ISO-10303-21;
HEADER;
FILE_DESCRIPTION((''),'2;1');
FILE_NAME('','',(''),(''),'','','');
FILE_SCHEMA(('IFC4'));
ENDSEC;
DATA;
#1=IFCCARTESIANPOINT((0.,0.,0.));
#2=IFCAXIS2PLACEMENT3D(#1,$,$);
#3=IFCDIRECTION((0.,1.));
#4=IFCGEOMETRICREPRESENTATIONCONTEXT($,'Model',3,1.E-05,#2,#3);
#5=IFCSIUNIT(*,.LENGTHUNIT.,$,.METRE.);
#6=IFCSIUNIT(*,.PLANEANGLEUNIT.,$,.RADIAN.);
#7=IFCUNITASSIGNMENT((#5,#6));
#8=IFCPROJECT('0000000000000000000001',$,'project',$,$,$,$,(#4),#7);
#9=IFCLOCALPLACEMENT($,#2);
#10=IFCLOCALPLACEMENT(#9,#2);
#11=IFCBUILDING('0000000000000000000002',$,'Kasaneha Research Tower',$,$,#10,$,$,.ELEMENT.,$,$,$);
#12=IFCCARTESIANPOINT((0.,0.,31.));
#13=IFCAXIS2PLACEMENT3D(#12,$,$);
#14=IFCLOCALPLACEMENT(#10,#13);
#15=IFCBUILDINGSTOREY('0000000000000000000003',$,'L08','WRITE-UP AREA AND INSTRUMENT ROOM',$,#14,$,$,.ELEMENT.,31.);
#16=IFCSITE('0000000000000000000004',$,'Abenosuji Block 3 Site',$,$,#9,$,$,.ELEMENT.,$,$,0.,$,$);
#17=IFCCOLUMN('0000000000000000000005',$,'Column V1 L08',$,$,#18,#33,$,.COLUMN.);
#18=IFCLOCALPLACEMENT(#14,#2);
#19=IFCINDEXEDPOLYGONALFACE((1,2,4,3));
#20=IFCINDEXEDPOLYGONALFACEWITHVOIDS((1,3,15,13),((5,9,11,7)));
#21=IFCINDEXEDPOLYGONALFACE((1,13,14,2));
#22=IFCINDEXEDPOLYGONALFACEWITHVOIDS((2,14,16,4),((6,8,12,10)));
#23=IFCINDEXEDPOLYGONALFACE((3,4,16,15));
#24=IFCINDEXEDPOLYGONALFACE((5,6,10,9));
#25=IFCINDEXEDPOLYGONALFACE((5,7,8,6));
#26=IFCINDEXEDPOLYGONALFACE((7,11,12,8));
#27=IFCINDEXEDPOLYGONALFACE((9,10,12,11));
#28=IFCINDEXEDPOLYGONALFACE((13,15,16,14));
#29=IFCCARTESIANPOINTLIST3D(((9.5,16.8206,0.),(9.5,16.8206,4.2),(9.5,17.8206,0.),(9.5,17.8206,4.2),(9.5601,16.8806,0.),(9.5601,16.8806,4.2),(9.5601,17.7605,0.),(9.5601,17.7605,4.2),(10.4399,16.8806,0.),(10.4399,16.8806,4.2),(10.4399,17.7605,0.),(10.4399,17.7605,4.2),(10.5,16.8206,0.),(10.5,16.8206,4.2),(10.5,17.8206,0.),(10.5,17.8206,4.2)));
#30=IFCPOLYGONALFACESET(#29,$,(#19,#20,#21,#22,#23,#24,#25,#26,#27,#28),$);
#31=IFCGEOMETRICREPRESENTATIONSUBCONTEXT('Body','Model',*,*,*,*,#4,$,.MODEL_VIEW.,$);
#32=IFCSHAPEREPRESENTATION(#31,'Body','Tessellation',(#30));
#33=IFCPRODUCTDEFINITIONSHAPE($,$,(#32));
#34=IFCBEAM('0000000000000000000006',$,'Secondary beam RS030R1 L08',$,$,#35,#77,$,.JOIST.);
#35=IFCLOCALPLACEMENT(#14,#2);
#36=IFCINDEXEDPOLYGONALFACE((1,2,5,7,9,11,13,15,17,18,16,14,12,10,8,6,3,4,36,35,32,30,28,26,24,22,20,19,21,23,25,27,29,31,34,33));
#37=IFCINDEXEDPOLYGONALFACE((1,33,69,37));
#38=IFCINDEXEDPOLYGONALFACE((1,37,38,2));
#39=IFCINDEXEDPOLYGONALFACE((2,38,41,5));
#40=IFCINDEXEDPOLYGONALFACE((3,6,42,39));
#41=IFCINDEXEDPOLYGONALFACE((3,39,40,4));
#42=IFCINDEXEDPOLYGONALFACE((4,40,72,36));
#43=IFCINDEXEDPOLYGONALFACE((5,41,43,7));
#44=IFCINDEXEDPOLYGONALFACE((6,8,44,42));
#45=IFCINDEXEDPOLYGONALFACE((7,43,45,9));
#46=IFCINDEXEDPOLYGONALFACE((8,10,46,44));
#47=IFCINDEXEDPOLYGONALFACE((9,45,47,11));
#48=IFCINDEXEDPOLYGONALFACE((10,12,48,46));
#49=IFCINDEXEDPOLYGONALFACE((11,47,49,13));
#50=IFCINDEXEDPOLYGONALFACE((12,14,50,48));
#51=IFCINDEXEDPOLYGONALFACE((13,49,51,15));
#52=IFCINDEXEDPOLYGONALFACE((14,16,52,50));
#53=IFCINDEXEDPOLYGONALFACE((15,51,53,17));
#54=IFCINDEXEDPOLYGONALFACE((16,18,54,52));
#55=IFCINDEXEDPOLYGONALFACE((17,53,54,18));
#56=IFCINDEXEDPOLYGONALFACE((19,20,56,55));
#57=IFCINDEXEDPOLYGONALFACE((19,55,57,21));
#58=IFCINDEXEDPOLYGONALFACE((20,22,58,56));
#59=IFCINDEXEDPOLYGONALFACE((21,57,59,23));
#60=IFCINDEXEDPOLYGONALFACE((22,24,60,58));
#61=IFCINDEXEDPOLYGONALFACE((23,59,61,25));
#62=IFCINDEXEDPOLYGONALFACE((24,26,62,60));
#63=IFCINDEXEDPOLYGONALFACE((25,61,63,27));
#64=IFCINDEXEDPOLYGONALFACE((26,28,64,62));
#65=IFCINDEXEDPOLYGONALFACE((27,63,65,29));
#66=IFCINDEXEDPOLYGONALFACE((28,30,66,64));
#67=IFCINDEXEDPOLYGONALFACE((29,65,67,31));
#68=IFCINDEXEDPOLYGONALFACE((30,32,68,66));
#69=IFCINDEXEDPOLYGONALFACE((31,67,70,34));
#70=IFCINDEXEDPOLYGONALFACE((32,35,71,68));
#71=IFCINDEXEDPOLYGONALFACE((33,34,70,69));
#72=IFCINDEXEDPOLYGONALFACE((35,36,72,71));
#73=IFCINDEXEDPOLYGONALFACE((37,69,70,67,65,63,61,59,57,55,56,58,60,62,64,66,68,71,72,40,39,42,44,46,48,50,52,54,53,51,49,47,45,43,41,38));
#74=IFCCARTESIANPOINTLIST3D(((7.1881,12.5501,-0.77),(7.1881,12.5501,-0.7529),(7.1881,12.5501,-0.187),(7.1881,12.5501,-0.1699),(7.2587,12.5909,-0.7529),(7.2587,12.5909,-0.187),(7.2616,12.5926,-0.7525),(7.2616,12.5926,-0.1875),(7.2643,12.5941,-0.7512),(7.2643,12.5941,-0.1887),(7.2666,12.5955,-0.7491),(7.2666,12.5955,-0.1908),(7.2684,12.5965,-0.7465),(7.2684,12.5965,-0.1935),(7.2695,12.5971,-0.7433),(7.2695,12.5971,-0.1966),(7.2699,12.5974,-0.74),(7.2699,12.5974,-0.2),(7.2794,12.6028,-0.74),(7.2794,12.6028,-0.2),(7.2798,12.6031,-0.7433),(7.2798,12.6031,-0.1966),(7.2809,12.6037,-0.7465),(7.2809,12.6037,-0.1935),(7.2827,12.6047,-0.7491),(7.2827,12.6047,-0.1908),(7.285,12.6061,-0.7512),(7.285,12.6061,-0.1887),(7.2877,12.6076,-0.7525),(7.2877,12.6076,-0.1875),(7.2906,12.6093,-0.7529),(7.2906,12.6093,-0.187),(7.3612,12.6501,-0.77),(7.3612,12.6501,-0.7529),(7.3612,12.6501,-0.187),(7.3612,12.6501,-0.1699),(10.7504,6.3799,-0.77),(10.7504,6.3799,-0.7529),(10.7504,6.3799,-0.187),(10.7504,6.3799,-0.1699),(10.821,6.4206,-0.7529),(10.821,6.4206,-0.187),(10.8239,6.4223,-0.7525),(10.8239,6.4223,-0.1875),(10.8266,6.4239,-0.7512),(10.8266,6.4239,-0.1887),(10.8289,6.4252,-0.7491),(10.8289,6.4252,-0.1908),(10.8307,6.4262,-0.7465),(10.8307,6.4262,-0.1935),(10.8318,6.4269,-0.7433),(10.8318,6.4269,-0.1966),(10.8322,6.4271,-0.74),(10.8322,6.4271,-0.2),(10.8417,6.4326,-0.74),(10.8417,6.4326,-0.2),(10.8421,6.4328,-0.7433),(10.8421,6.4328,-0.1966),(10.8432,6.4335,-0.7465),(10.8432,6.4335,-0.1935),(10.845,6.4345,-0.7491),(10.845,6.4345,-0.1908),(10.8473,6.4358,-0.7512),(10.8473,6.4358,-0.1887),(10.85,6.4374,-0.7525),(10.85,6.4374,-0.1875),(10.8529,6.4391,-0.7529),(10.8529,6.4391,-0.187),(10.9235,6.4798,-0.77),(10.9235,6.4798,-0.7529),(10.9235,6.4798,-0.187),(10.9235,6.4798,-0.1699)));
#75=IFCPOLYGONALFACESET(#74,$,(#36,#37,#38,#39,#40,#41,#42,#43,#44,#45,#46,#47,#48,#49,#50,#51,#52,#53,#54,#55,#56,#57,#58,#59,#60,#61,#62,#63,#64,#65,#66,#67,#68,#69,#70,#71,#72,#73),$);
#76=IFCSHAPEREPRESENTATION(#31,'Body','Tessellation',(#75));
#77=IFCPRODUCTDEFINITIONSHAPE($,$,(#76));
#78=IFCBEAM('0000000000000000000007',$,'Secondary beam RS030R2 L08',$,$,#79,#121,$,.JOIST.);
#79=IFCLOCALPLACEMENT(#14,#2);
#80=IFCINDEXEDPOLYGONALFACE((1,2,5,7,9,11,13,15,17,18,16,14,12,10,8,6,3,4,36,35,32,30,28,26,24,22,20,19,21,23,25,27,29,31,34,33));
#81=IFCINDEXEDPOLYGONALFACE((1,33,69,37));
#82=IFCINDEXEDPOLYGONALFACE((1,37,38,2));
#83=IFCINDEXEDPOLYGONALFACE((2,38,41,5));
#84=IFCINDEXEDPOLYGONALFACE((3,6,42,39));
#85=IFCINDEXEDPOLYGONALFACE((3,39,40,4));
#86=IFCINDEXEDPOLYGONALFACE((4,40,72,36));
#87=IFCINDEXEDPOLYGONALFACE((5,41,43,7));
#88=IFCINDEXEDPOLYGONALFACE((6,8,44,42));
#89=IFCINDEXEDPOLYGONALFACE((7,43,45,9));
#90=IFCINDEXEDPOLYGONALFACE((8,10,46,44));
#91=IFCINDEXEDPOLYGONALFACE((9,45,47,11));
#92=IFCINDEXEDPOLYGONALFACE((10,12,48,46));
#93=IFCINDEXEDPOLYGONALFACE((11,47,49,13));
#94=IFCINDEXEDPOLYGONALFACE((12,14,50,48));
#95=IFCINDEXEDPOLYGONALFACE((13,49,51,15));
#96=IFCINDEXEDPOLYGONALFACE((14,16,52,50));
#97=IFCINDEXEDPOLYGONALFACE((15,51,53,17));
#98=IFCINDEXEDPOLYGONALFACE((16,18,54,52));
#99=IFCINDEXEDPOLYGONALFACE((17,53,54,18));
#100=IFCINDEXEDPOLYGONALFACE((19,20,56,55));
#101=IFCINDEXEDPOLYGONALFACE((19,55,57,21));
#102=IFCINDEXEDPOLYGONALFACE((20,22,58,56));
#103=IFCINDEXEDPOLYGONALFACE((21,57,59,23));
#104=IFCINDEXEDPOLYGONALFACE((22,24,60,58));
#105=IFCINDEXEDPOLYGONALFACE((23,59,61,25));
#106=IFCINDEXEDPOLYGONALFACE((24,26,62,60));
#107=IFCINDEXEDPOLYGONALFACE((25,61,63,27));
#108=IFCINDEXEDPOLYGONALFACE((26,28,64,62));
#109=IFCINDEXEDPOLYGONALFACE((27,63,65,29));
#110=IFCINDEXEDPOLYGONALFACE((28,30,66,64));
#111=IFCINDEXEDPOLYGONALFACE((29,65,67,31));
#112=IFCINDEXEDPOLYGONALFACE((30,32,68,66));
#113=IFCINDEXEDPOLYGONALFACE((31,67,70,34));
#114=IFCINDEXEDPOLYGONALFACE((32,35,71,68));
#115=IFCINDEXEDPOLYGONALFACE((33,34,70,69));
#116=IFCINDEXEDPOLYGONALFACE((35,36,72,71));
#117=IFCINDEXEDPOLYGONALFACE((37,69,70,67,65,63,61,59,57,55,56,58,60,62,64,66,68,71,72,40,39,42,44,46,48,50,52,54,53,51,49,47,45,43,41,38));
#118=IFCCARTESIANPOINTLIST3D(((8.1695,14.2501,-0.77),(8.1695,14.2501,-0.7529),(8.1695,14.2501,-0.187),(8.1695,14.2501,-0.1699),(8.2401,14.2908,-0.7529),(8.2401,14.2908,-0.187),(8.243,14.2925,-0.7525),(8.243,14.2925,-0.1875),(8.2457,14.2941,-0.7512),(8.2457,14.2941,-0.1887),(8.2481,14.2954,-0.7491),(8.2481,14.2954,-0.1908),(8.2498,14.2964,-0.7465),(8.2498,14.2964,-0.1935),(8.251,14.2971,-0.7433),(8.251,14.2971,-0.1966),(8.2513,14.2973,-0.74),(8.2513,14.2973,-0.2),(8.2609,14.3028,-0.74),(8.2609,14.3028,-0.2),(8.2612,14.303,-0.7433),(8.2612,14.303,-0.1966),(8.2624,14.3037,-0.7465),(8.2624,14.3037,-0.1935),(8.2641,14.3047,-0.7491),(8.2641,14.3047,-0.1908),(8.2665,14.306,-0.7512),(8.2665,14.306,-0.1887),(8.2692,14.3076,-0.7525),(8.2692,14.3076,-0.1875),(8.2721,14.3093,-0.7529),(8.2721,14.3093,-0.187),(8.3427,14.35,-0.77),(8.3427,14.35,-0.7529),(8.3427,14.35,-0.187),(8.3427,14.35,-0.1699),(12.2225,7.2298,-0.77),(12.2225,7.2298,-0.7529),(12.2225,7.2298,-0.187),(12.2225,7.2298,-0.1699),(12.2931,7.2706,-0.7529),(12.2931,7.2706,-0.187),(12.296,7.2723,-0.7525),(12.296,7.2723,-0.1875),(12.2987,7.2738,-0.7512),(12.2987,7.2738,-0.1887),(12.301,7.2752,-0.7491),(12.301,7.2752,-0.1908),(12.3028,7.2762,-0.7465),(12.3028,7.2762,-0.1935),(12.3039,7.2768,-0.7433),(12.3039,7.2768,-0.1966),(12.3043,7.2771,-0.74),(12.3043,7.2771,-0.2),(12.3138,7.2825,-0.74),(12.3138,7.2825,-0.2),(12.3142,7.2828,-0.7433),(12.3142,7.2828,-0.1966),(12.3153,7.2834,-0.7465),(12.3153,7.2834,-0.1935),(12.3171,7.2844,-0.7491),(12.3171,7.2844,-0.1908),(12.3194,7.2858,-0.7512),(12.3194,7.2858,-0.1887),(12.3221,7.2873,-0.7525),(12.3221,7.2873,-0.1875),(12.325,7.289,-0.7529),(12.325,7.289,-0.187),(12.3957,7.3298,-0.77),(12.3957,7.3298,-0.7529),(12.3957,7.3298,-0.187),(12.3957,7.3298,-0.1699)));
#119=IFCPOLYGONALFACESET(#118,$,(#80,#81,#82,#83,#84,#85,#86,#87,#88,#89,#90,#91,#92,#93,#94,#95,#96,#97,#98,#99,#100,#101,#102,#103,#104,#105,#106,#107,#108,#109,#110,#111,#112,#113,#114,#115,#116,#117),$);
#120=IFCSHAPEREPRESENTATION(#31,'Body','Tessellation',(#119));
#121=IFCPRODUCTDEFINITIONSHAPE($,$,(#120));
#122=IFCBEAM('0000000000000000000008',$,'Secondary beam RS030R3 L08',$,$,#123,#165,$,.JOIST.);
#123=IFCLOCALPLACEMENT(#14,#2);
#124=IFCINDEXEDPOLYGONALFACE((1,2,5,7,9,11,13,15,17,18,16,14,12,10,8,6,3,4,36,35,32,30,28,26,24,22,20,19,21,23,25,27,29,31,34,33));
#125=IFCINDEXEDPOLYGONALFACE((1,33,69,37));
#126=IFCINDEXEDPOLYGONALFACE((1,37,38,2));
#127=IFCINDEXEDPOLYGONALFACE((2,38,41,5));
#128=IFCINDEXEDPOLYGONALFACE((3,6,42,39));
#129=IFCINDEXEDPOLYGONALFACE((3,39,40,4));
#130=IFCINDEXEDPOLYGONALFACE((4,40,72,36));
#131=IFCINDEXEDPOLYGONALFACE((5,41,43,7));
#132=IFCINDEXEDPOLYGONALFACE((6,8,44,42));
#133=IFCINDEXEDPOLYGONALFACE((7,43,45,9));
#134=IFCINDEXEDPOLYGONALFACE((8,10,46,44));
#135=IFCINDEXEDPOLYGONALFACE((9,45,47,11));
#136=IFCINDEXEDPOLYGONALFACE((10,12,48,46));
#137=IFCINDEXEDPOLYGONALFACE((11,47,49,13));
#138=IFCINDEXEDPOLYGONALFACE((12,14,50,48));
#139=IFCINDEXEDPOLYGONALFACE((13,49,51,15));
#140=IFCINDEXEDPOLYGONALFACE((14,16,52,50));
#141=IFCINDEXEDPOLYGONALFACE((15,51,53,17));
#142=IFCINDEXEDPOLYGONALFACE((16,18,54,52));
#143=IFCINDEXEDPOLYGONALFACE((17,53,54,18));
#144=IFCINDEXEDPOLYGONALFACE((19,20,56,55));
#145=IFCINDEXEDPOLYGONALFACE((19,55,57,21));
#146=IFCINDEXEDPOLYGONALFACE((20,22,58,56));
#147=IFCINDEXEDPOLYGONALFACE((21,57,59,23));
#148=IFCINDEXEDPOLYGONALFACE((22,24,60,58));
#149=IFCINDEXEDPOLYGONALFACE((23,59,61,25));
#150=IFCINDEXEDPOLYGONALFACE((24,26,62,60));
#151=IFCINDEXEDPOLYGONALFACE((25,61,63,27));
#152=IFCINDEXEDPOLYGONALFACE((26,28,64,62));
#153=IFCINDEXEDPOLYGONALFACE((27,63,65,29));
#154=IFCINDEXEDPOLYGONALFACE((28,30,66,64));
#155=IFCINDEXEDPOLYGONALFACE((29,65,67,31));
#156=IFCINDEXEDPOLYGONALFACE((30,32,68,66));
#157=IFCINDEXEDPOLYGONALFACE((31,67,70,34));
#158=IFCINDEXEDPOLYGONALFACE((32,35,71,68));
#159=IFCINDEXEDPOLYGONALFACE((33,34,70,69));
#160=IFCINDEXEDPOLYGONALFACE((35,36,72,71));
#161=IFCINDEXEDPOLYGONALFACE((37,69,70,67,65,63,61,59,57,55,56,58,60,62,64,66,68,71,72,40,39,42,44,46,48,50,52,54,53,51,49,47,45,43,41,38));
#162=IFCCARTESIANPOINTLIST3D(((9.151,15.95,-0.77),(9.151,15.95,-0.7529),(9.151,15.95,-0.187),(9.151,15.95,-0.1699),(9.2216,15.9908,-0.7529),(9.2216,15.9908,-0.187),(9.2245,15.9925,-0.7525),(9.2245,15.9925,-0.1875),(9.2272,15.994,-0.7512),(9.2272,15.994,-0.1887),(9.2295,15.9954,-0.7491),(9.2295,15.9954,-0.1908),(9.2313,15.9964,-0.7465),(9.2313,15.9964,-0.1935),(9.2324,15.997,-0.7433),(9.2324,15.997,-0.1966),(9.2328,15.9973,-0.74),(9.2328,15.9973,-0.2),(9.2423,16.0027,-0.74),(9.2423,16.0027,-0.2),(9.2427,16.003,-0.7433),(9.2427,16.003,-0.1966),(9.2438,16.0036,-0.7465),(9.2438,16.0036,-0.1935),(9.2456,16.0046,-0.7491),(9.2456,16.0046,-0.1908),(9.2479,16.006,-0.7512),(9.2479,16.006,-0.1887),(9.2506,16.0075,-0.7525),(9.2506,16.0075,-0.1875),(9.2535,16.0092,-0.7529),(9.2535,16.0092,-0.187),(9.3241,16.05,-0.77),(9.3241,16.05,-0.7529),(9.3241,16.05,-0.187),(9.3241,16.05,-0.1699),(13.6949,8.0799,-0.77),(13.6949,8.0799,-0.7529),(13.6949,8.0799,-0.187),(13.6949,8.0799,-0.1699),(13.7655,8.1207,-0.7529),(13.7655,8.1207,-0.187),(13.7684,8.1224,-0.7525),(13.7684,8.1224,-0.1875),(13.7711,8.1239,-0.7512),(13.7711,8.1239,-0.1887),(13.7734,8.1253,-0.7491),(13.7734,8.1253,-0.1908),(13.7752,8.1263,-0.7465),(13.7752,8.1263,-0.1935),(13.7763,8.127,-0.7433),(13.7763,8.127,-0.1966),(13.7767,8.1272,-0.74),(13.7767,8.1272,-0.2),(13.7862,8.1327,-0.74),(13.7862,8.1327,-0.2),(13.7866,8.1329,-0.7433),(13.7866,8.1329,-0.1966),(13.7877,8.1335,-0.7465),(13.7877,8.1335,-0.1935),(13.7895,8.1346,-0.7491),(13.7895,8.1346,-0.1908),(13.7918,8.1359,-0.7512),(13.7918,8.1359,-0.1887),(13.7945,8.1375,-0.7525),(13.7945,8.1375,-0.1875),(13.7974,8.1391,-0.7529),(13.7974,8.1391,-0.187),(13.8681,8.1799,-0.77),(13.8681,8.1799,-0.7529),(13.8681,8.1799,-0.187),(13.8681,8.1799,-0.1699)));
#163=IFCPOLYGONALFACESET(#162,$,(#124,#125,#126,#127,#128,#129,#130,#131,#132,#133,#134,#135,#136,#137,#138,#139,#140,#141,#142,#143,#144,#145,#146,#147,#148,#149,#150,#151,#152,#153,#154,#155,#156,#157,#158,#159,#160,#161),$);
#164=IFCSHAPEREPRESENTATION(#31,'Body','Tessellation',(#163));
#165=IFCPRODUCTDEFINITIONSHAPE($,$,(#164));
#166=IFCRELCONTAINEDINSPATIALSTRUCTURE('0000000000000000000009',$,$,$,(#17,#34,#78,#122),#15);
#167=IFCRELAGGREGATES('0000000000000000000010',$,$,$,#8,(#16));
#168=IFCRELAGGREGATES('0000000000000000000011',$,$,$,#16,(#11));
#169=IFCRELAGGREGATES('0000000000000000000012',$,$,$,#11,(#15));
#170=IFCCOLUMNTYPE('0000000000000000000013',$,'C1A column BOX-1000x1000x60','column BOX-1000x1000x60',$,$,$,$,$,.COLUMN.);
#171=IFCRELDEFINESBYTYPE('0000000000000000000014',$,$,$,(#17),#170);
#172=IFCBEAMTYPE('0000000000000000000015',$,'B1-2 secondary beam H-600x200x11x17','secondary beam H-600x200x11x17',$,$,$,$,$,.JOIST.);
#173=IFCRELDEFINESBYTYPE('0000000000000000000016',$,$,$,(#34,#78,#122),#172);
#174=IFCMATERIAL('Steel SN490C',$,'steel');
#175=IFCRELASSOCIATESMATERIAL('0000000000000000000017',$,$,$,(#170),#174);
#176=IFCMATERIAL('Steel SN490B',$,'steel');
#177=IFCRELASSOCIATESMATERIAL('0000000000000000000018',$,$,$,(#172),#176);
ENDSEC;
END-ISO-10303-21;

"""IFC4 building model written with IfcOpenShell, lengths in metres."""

from ifc_helpers import new_model, si_unit, direction, frame, origin, origin_2d, place, context, subcontext, project, spatial, hollow_rectangle, i_section, extrude, material, material_profile, profile_set, type_object, element, save


model = new_model("IFC4")

# Units and contexts
model_context = context("Model", 3, precision=1e-05, world=origin(), true_north=direction((0.0, 1.0)))
body_context = subcontext(model_context, "Body", "Model", "MODEL_VIEW")
ifc_project = project(units=[si_unit("LENGTHUNIT", "METRE"), si_unit("PLANEANGLEUNIT", "RADIAN")], contexts=[model_context])

# Site, building, storey
site_placement = place(None, origin())
site = spatial("IfcSite", under=ifc_project, at=site_placement, Name="Abenosuji Block 3 Site", CompositionType="ELEMENT", RefElevation=0.0)
building_placement = place(site_placement, origin())
building = spatial("IfcBuilding", under=site, at=building_placement, Name="Kasaneha Research Tower", CompositionType="ELEMENT")
storey_placement = place(building_placement, frame((0.0, 0.0, 31.0)))
storey = spatial("IfcBuildingStorey", under=building, at=storey_placement, Name="L08", Description="WRITE-UP AREA AND INSTRUMENT ROOM", CompositionType="ELEMENT", Elevation=31.0)

# Column
ifc_material_1 = material(Name="Steel SN490C", Category="steel")
ifc_material_profile_1 = material_profile(ifc_material_1, hollow_rectangle(XDim=1.0, YDim=1.0, WallThickness=0.0601, at=origin_2d()), Name="BOX-1000x1000x60")
ifc_profile_set_1 = profile_set([ifc_material_profile_1], Name="Steel SN490C")
column_type = type_object("IfcColumnType", Name="C1A column BOX-1000x1000x60", Description="column BOX-1000x1000x60", PredefinedType="COLUMN", material=ifc_profile_set_1)
column_placement = place(storey_placement, frame((10.0, 17.3206, 0.0), z_axis=(0.0, 0.0, 1.0), x_axis=(1.0, 0.0, 0.0)))
element("IfcColumn", 1, at=column_placement, inside=storey, type_object=column_type, Name="Column V1 L08", PredefinedType="COLUMN", context=body_context, shape_type="SweptSolid", body=[
    extrude(hollow_rectangle(XDim=1.0, YDim=1.0, WallThickness=0.0601, at=origin_2d()), origin(), (0.0, 0.0, 1.0), 4.2),
])

# Beams
ifc_material_2 = material(Name="Steel SN490B", Category="steel")
ifc_material_profile_2 = material_profile(ifc_material_2, i_section(OverallWidth=0.2, OverallDepth=0.6001, WebThickness=0.011, FlangeThickness=0.0171, FilletRadius=0.0129, at=origin_2d()), Name="H-600x200x11x17")
ifc_profile_set_2 = profile_set([ifc_material_profile_2], Name="Steel SN490B")
beam_type_1 = type_object("IfcBeamType", Name="B1-2 secondary beam H-600x200x11x17", Description="secondary beam H-600x200x11x17", PredefinedType="JOIST", material=ifc_profile_set_2)
beam_1_placement = place(storey_placement, frame((7.2747, 12.6001, -0.47), z_axis=(0.49999, -0.866031, 0.0), x_axis=(0.866031, 0.49999, 0.0)))
element("IfcBeam", 2, at=beam_1_placement, inside=storey, type_object=beam_type_1, Name="Secondary beam RS030R1 L08", PredefinedType="JOIST", context=body_context, shape_type="SweptSolid", body=[
    extrude(i_section(OverallWidth=0.2, OverallDepth=0.6001, WebThickness=0.011, FlangeThickness=0.0171, FilletRadius=0.0129, at=origin_2d()), origin(), (0.0, 0.0, 1.0), 7.1248),
])
beam_2_placement = place(storey_placement, frame((8.2561, 14.3, -0.47), z_axis=(0.499984, -0.866035, 0.0), x_axis=(0.866035, 0.499984, 0.0)))
element("IfcBeam", 3, at=beam_2_placement, inside=storey, type_object=beam_type_1, Name="Secondary beam RS030R2 L08", PredefinedType="JOIST", context=body_context, shape_type="SweptSolid", body=[
    extrude(i_section(OverallWidth=0.2, OverallDepth=0.6001, WebThickness=0.011, FlangeThickness=0.0171, FilletRadius=0.0129, at=origin_2d()), origin(), (0.0, 0.0, 1.0), 8.1062),
])
beam_3_placement = place(storey_placement, frame((9.2375, 16.0, -0.47), z_axis=(0.500011, -0.866019, 0.0), x_axis=(0.866019, 0.500011, 0.0)))
element("IfcBeam", 4, at=beam_3_placement, inside=storey, type_object=beam_type_1, Name="Secondary beam RS030R3 L08", PredefinedType="JOIST", context=body_context, shape_type="SweptSolid", body=[
    extrude(i_section(OverallWidth=0.2, OverallDepth=0.6001, WebThickness=0.011, FlangeThickness=0.0171, FilletRadius=0.0129, at=origin_2d()), origin(), (0.0, 0.0, 1.0), 9.0876),
])

save(model, "model.ifc")
